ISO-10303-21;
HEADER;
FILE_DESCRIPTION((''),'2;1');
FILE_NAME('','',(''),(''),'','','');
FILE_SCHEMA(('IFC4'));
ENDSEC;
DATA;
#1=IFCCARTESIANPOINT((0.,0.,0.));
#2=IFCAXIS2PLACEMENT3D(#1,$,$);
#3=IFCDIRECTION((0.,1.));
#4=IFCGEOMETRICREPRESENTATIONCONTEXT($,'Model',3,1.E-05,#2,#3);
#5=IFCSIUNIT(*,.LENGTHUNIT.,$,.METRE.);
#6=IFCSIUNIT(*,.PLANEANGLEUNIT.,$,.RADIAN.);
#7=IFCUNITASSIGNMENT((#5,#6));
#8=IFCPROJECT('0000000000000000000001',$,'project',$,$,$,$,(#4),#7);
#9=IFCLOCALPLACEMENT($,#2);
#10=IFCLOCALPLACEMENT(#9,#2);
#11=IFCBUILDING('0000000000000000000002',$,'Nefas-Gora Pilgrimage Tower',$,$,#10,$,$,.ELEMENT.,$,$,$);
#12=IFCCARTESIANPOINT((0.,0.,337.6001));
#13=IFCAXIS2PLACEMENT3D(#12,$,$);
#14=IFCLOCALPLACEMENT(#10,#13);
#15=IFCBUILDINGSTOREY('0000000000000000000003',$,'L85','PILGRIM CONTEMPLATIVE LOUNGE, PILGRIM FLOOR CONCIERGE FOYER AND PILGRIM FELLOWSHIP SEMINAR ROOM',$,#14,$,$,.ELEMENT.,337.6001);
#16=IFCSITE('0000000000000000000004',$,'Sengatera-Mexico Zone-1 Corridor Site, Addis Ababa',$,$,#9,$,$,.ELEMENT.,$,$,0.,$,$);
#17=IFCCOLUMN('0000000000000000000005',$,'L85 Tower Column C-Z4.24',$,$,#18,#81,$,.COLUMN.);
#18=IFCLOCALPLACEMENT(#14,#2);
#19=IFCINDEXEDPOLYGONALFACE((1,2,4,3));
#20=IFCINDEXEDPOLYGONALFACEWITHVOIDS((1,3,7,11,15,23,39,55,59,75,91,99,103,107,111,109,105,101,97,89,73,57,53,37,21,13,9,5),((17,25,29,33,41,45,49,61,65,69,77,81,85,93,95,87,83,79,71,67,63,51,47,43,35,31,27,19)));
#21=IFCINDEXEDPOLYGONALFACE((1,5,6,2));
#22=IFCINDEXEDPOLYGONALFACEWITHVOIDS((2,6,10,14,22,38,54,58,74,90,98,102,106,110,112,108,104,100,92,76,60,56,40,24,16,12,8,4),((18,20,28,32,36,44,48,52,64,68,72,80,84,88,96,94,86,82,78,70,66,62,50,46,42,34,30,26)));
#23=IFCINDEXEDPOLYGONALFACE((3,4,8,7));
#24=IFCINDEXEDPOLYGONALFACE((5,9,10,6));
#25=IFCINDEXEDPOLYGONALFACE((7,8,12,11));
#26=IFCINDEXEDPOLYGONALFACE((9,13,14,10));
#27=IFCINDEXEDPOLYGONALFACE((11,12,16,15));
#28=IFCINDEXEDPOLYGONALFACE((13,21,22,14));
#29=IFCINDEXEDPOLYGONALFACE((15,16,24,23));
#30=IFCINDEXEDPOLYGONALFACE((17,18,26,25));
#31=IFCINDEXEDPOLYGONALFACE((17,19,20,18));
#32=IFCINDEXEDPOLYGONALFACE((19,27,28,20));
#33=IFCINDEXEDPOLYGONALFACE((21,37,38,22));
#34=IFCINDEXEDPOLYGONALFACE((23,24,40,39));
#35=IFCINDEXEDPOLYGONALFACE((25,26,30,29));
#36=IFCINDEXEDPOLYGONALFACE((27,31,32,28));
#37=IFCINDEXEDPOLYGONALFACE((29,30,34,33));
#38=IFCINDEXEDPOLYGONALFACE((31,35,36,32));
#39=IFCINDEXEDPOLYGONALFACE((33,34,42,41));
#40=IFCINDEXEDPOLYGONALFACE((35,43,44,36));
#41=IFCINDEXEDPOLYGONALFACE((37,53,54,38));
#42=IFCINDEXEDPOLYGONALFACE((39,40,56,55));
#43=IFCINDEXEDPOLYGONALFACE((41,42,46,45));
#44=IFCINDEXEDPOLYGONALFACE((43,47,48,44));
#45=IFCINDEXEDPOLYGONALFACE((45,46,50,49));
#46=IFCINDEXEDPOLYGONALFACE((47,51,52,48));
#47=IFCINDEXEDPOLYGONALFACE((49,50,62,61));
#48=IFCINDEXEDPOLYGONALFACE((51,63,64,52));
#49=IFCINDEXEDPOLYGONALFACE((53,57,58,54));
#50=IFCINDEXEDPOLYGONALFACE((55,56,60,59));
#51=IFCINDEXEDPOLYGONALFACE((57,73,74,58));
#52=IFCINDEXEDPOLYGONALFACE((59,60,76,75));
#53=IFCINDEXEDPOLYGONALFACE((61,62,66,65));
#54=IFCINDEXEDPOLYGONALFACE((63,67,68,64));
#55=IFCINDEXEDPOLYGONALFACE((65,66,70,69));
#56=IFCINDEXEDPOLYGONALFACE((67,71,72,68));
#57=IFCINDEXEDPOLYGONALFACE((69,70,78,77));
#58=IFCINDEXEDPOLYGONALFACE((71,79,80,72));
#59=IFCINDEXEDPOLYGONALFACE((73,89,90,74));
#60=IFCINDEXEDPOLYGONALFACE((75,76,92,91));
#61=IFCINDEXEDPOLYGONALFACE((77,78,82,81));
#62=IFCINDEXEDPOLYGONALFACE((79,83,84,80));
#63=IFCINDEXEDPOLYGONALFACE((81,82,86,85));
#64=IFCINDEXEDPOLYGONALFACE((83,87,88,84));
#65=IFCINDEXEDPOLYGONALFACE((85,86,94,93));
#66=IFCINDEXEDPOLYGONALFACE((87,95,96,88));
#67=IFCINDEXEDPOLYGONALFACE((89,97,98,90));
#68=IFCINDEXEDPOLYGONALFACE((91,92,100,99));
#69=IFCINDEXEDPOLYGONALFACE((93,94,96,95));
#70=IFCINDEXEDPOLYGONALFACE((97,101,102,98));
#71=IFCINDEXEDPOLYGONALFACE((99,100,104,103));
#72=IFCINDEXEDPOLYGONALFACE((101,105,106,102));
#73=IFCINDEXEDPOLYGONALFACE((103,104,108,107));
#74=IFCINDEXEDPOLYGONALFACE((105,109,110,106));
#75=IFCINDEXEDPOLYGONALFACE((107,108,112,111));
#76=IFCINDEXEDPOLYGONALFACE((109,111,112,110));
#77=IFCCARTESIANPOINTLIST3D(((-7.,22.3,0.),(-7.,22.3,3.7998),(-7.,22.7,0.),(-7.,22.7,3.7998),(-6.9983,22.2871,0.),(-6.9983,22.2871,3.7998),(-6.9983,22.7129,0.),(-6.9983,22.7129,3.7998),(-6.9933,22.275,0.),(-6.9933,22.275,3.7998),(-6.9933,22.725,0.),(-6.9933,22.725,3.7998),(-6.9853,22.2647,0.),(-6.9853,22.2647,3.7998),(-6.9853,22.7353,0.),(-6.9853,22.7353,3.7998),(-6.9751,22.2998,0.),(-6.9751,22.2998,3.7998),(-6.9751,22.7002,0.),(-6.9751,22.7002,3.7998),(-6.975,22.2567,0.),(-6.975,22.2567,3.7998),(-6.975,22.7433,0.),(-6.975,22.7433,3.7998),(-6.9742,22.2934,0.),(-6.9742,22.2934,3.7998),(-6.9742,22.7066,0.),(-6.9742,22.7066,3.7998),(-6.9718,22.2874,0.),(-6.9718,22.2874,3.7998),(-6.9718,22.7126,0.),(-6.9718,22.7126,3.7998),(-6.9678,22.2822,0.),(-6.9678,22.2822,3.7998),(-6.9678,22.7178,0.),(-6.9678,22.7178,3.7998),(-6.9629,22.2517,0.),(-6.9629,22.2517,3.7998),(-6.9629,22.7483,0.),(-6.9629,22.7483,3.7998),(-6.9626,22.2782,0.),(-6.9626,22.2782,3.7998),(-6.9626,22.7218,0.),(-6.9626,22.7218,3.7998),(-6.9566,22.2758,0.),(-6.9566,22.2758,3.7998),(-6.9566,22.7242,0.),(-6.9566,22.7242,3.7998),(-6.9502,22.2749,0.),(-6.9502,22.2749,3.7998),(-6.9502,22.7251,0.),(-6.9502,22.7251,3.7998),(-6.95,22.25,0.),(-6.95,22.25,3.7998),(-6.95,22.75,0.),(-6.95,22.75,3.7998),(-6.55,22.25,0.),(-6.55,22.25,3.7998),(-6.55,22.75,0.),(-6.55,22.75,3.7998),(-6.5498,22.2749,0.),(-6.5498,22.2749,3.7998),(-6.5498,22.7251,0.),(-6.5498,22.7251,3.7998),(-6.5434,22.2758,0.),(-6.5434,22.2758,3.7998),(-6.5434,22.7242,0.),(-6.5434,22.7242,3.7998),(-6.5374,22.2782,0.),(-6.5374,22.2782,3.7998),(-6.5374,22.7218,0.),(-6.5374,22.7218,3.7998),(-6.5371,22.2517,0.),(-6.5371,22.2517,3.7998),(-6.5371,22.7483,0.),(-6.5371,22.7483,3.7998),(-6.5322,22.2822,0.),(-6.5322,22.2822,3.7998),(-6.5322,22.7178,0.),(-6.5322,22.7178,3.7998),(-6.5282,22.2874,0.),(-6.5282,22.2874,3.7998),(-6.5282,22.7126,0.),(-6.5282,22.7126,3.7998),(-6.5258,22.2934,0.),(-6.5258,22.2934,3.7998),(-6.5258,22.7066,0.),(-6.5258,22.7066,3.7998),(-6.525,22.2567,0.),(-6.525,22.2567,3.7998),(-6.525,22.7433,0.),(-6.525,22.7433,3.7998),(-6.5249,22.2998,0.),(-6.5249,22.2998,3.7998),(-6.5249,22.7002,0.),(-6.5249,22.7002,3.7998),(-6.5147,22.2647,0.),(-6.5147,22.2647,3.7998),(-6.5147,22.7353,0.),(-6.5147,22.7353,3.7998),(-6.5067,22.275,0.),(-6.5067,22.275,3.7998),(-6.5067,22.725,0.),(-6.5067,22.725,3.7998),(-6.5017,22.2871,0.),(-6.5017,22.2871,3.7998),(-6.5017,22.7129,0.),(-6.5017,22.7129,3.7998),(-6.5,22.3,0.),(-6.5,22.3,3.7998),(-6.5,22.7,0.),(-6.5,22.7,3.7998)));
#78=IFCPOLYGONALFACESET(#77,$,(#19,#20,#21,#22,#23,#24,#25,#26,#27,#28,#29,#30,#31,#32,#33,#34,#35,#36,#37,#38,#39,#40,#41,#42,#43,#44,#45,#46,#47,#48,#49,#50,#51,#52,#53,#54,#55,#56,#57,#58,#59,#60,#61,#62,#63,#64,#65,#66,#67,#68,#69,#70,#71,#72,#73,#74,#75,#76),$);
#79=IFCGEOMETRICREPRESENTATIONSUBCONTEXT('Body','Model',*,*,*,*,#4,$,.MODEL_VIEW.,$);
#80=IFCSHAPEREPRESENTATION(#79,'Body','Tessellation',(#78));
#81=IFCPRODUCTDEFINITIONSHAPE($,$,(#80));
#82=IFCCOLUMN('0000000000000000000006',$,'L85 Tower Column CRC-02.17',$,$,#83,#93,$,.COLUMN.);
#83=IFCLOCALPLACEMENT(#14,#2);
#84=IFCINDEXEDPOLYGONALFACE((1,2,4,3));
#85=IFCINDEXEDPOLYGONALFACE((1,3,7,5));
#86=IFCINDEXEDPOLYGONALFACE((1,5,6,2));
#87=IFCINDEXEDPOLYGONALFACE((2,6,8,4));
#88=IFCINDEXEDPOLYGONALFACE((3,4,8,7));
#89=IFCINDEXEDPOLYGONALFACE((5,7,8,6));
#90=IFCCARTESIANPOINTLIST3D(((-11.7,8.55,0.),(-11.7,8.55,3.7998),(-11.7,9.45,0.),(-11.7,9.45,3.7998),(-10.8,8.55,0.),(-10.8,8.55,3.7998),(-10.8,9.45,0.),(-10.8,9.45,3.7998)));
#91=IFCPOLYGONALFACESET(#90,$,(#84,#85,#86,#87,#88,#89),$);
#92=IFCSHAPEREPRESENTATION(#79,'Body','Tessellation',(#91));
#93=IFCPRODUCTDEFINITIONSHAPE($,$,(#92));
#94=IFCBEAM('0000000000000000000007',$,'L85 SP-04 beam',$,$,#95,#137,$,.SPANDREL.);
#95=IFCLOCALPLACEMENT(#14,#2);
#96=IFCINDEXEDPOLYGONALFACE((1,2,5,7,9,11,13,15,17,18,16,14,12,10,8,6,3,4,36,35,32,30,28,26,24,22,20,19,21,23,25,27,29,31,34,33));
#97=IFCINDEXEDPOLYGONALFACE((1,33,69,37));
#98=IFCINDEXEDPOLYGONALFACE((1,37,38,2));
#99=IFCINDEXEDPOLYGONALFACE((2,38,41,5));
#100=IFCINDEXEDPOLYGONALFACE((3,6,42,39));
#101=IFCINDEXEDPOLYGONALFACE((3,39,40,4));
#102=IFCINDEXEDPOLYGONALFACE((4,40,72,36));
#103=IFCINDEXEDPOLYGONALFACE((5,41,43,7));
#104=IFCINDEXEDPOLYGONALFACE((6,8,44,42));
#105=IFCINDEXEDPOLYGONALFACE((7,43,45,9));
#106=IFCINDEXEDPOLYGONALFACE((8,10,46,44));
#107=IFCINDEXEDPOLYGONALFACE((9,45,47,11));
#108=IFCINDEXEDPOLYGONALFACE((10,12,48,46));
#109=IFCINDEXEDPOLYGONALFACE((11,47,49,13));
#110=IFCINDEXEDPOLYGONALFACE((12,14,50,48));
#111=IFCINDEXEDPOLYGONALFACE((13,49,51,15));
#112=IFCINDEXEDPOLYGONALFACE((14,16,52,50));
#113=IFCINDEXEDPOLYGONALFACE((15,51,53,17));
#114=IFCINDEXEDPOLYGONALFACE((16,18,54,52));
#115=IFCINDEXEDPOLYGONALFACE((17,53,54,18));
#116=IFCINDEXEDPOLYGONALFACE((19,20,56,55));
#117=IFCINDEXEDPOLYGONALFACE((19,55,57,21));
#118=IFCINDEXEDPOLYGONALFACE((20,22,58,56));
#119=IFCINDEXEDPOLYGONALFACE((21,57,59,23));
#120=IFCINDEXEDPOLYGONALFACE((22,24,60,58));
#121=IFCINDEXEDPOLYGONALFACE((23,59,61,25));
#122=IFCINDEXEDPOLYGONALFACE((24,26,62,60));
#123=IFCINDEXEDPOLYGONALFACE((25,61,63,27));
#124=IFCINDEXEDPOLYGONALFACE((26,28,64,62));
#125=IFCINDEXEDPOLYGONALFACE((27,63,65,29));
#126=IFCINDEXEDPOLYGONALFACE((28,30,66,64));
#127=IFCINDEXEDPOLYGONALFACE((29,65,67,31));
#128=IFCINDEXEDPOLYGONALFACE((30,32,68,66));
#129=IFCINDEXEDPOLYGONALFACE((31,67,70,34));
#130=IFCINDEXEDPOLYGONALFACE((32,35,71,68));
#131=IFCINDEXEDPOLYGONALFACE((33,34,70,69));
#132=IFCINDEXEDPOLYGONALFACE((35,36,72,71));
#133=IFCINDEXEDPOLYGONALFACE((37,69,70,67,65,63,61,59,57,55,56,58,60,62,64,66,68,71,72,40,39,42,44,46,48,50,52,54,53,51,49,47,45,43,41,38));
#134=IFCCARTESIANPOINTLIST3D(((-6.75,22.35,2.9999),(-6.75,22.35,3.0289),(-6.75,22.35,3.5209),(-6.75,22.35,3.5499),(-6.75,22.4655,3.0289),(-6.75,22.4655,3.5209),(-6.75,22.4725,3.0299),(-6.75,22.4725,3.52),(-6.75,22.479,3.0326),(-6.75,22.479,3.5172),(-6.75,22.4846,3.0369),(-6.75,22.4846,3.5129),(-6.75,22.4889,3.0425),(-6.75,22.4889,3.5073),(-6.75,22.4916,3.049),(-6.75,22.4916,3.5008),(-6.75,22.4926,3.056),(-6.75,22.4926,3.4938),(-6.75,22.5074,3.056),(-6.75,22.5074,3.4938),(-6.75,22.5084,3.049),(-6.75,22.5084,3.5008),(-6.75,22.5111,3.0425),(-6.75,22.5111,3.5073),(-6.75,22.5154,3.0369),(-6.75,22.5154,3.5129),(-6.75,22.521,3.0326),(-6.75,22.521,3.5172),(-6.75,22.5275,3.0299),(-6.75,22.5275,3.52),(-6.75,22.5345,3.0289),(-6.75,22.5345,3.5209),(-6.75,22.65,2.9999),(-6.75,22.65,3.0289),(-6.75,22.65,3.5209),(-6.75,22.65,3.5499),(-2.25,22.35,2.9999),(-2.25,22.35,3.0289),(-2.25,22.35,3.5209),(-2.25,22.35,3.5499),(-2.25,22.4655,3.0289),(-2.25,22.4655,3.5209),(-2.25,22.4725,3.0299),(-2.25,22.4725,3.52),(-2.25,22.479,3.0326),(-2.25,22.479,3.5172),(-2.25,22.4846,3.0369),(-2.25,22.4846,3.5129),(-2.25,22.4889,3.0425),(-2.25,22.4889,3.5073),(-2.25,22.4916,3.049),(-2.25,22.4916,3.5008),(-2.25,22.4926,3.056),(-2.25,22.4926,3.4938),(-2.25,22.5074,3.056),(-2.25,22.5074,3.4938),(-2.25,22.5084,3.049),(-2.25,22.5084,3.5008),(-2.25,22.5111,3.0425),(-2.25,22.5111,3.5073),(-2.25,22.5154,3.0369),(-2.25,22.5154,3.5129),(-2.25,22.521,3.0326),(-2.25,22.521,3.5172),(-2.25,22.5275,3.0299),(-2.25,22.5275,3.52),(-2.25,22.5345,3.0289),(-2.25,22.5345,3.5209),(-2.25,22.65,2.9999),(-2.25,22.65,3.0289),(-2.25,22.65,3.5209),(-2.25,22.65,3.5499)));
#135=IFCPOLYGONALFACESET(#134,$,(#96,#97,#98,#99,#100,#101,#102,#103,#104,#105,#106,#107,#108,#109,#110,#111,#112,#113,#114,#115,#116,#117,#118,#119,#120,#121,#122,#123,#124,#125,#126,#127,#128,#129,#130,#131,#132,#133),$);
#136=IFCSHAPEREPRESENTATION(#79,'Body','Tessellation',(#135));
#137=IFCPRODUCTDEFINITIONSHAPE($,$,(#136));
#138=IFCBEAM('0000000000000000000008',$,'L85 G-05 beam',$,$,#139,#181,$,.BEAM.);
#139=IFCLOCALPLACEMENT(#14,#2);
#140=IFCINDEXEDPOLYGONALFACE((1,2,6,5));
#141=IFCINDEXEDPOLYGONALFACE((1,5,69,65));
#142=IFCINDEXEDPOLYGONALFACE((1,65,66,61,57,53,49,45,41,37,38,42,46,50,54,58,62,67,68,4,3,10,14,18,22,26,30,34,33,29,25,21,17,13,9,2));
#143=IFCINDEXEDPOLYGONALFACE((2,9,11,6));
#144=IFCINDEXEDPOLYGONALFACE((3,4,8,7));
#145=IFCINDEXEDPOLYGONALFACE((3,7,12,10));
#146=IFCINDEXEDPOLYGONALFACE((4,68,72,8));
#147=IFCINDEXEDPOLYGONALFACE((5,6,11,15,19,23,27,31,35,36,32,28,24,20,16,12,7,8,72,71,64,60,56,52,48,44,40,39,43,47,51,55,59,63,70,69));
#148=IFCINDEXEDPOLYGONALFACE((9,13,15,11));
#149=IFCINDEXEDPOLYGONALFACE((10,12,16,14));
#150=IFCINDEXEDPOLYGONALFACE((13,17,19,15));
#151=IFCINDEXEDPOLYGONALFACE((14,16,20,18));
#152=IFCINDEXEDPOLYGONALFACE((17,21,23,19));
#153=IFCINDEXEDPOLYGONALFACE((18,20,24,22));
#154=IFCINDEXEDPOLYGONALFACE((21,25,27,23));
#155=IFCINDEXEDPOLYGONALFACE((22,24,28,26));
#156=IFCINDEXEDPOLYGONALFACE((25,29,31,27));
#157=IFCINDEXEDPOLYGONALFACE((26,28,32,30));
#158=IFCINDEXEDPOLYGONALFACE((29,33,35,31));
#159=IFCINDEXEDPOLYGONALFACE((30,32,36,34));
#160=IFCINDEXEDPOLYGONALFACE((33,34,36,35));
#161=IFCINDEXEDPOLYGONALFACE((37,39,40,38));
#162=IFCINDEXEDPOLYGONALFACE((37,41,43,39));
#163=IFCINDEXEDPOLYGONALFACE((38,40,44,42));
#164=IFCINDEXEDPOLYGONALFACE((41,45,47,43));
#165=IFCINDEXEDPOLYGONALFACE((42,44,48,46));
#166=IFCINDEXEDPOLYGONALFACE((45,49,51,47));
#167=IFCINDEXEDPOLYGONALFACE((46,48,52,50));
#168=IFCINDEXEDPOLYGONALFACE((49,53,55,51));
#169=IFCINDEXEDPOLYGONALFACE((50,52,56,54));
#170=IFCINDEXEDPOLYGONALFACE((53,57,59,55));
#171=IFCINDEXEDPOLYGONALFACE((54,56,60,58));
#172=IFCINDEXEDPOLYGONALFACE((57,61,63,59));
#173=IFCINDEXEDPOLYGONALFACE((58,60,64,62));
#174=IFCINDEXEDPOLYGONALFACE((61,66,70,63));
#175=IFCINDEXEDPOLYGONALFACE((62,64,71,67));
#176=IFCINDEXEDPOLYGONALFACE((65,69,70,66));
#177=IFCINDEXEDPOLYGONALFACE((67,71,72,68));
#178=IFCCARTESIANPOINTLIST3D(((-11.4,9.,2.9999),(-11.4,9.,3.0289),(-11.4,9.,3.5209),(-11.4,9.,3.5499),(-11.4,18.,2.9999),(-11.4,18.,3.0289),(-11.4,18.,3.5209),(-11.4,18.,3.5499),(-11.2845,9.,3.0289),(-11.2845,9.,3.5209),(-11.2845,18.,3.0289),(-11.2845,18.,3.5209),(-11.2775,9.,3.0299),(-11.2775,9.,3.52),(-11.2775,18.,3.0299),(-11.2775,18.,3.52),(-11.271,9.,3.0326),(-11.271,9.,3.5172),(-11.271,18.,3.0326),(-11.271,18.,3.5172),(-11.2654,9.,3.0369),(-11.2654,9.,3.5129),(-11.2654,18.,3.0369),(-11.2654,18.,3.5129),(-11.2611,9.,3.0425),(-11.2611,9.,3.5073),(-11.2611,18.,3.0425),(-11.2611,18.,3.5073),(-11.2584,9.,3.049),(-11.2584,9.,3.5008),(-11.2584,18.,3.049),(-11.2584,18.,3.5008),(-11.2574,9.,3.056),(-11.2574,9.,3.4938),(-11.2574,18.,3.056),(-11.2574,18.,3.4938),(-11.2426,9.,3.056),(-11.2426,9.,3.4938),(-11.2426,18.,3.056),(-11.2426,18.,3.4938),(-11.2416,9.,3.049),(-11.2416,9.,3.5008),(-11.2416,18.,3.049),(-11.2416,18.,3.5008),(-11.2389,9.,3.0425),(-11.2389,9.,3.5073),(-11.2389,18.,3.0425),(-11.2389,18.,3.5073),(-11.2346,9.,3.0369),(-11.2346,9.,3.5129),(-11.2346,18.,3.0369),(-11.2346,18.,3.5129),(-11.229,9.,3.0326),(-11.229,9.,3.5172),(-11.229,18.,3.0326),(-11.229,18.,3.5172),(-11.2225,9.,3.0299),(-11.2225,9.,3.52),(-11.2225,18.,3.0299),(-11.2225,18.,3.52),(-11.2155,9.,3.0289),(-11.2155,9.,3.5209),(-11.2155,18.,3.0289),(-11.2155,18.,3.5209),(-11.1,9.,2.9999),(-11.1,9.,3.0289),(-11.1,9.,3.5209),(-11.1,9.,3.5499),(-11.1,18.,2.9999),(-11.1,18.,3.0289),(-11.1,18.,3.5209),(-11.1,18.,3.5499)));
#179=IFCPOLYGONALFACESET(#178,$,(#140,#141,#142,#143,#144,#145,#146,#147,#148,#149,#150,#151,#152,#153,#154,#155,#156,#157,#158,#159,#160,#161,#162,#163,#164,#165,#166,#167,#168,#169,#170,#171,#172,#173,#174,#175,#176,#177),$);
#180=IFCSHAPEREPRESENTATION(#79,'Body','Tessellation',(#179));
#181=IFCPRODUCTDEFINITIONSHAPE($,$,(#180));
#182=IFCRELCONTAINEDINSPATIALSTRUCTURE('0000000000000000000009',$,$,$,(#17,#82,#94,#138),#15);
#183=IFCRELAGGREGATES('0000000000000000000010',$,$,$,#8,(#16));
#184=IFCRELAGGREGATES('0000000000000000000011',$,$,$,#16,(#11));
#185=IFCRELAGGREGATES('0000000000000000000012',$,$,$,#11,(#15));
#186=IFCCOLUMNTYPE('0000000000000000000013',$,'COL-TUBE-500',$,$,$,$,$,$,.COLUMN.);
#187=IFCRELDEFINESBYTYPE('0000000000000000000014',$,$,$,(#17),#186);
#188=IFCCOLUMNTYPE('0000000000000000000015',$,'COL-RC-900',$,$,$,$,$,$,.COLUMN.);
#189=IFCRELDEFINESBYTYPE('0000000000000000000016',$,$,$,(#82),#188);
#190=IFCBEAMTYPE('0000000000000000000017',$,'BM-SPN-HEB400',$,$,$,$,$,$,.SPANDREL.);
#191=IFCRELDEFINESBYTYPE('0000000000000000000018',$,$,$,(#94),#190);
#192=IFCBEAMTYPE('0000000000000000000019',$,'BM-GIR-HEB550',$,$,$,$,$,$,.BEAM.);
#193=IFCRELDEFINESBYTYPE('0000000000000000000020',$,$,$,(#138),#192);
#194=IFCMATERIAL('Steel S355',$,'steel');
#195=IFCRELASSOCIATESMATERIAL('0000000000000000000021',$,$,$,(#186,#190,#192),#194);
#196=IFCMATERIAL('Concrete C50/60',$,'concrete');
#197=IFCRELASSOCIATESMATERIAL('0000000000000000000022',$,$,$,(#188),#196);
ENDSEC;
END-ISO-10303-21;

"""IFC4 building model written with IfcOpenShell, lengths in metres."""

from ifc_helpers import new_model, si_unit, direction, frame, origin, origin_2d, place, context, subcontext, project, spatial, rectangle, hollow_rectangle, i_section, extrude, source, transform, mapped, material, material_profile, profile_set, type_object, element, save


model = new_model("IFC4")

# Units and contexts
model_context = context("Model", 3, precision=1e-05, world=origin(), true_north=direction((0.0, 1.0)))
body_context = subcontext(model_context, "Body", "Model", "MODEL_VIEW")
ifc_project = project(units=[si_unit("LENGTHUNIT", "METRE"), si_unit("PLANEANGLEUNIT", "RADIAN")], contexts=[model_context])

# Site, building, storey
site_placement = place(None, origin())
site = spatial("IfcSite", under=ifc_project, at=site_placement, Name="Sengatera-Mexico Zone-1 Corridor Site, Addis Ababa", CompositionType="ELEMENT", RefElevation=0.0)
building_placement = place(site_placement, origin())
building = spatial("IfcBuilding", under=site, at=building_placement, Name="Nefas-Gora Pilgrimage Tower", CompositionType="ELEMENT")
storey_placement = place(building_placement, frame((0.0, 0.0, 337.6001)))
storey = spatial("IfcBuildingStorey", under=building, at=storey_placement, Name="L85", Description="PILGRIM CONTEMPLATIVE LOUNGE, PILGRIM FLOOR CONCIERGE FOYER AND PILGRIM FELLOWSHIP SEMINAR ROOM", CompositionType="ELEMENT", Elevation=337.6001)

# Columns
ifc_material_1 = material(Name="Steel S355", Category="steel")
ifc_material_profile_1 = material_profile(ifc_material_1, hollow_rectangle(XDim=0.5, YDim=0.5, WallThickness=0.0249, InnerFilletRadius=0.0249, OuterFilletRadius=0.05, at=origin_2d()), Name="SHS 500x500x25")
ifc_profile_set_1 = profile_set([ifc_material_profile_1], Name="Steel S355")
column_type_1 = type_object("IfcColumnType", Name="COL-TUBE-500", PredefinedType="COLUMN", material=ifc_profile_set_1)
shared_shape_1 = source(origin(), body_context, "Body", "SweptSolid", [
    extrude(hollow_rectangle(XDim=0.5, YDim=0.5, WallThickness=0.0249, InnerFilletRadius=0.0249, OuterFilletRadius=0.05, at=origin_2d()), origin(), (0.0, 0.0, 1.0), 3.7998),
])
column_1_placement = place(storey_placement, frame((-6.75, 22.5, 0.0), z_axis=(0.0, 0.0, 1.0), x_axis=(1.0, 0.0, 0.0)))
element("IfcColumn", 1, at=column_1_placement, inside=storey, type_object=column_type_1, Name="L85 Tower Column C-Z4.24", PredefinedType="COLUMN", context=body_context, shape_type="MappedRepresentation", body=[
    mapped(shared_shape_1, transform((0.0, 0.0, 0.0), x_axis=(1.0, 0.0, 0.0), y_axis=(0.0, 1.0, 0.0), z_axis=(0.0, 0.0, 1.0), scale=1.0)),
])
ifc_material_2 = material(Name="Concrete C50/60", Category="concrete")
ifc_material_profile_2 = material_profile(ifc_material_2, rectangle(XDim=0.8999, YDim=0.8999, at=origin_2d()), Name="RC 900x900")
ifc_profile_set_2 = profile_set([ifc_material_profile_2], Name="Concrete C50/60")
column_type_2 = type_object("IfcColumnType", Name="COL-RC-900", PredefinedType="COLUMN", material=ifc_profile_set_2)
shared_shape_2 = source(origin(), body_context, "Body", "SweptSolid", [
    extrude(rectangle(XDim=0.8999, YDim=0.8999, at=origin_2d()), origin(), (0.0, 0.0, 1.0), 3.7998),
])
column_2_placement = place(storey_placement, frame((-11.25, 9.0, 0.0), z_axis=(0.0, 0.0, 1.0), x_axis=(1.0, 0.0, 0.0)))
element("IfcColumn", 2, at=column_2_placement, inside=storey, type_object=column_type_2, Name="L85 Tower Column CRC-02.17", PredefinedType="COLUMN", context=body_context, shape_type="MappedRepresentation", body=[
    mapped(shared_shape_2, transform((0.0, 0.0, 0.0), x_axis=(1.0, 0.0, 0.0), y_axis=(0.0, 1.0, 0.0), z_axis=(0.0, 0.0, 1.0), scale=1.0)),
])

# Beams
ifc_material_profile_3 = material_profile(ifc_material_1, i_section(OverallWidth=0.3, OverallDepth=0.55, WebThickness=0.0149, FlangeThickness=0.0291, FilletRadius=0.0271, at=origin_2d()), Name="HEB 550")
ifc_profile_set_3 = profile_set([ifc_material_profile_3], Name="Steel S355")
beam_type_1 = type_object("IfcBeamType", Name="BM-SPN-HEB400", PredefinedType="SPANDREL", material=ifc_profile_set_3)
shared_shape_3 = source(origin(), body_context, "Body", "SweptSolid", [
    extrude(i_section(OverallWidth=0.3, OverallDepth=0.55, WebThickness=0.0149, FlangeThickness=0.0291, FilletRadius=0.0271, at=origin_2d()), origin(), (0.0, 0.0, 1.0), 4.5),
])
beam_1_placement = place(storey_placement, frame((-6.75, 22.5, 3.2749), z_axis=(1.0, 0.0, 0.0), x_axis=(0.0, 1.0, 0.0)))
element("IfcBeam", 3, at=beam_1_placement, inside=storey, type_object=beam_type_1, Name="L85 SP-04 beam", PredefinedType="SPANDREL", context=body_context, shape_type="MappedRepresentation", body=[
    mapped(shared_shape_3, transform((0.0, 0.0, 0.0), x_axis=(1.0, 0.0, 0.0), y_axis=(0.0, 1.0, 0.0), z_axis=(0.0, 0.0, 1.0), scale=1.0)),
])
ifc_material_profile_4 = material_profile(ifc_material_1, i_section(OverallWidth=0.3, OverallDepth=0.55, WebThickness=0.0149, FlangeThickness=0.0291, FilletRadius=0.0271, at=origin_2d()), Name="HEB 550")
ifc_profile_set_4 = profile_set([ifc_material_profile_4], Name="Steel S355")
beam_type_2 = type_object("IfcBeamType", Name="BM-GIR-HEB550", PredefinedType="BEAM", material=ifc_profile_set_4)
shared_shape_4 = source(origin(), body_context, "Body", "SweptSolid", [
    extrude(i_section(OverallWidth=0.3, OverallDepth=0.55, WebThickness=0.0149, FlangeThickness=0.0291, FilletRadius=0.0271, at=origin_2d()), origin(), (0.0, 0.0, 1.0), 9.0),
])
beam_2_placement = place(storey_placement, frame((-11.25, 9.0, 3.2749), z_axis=(0.0, 1.0, 0.0), x_axis=(-1.0, 0.0, 0.0)))
element("IfcBeam", 4, at=beam_2_placement, inside=storey, type_object=beam_type_2, Name="L85 G-05 beam", PredefinedType="BEAM", context=body_context, shape_type="MappedRepresentation", body=[
    mapped(shared_shape_4, transform((0.0, 0.0, 0.0), x_axis=(1.0, 0.0, 0.0), y_axis=(0.0, 1.0, 0.0), z_axis=(0.0, 0.0, 1.0), scale=1.0)),
])

save(model, "model.ifc")
